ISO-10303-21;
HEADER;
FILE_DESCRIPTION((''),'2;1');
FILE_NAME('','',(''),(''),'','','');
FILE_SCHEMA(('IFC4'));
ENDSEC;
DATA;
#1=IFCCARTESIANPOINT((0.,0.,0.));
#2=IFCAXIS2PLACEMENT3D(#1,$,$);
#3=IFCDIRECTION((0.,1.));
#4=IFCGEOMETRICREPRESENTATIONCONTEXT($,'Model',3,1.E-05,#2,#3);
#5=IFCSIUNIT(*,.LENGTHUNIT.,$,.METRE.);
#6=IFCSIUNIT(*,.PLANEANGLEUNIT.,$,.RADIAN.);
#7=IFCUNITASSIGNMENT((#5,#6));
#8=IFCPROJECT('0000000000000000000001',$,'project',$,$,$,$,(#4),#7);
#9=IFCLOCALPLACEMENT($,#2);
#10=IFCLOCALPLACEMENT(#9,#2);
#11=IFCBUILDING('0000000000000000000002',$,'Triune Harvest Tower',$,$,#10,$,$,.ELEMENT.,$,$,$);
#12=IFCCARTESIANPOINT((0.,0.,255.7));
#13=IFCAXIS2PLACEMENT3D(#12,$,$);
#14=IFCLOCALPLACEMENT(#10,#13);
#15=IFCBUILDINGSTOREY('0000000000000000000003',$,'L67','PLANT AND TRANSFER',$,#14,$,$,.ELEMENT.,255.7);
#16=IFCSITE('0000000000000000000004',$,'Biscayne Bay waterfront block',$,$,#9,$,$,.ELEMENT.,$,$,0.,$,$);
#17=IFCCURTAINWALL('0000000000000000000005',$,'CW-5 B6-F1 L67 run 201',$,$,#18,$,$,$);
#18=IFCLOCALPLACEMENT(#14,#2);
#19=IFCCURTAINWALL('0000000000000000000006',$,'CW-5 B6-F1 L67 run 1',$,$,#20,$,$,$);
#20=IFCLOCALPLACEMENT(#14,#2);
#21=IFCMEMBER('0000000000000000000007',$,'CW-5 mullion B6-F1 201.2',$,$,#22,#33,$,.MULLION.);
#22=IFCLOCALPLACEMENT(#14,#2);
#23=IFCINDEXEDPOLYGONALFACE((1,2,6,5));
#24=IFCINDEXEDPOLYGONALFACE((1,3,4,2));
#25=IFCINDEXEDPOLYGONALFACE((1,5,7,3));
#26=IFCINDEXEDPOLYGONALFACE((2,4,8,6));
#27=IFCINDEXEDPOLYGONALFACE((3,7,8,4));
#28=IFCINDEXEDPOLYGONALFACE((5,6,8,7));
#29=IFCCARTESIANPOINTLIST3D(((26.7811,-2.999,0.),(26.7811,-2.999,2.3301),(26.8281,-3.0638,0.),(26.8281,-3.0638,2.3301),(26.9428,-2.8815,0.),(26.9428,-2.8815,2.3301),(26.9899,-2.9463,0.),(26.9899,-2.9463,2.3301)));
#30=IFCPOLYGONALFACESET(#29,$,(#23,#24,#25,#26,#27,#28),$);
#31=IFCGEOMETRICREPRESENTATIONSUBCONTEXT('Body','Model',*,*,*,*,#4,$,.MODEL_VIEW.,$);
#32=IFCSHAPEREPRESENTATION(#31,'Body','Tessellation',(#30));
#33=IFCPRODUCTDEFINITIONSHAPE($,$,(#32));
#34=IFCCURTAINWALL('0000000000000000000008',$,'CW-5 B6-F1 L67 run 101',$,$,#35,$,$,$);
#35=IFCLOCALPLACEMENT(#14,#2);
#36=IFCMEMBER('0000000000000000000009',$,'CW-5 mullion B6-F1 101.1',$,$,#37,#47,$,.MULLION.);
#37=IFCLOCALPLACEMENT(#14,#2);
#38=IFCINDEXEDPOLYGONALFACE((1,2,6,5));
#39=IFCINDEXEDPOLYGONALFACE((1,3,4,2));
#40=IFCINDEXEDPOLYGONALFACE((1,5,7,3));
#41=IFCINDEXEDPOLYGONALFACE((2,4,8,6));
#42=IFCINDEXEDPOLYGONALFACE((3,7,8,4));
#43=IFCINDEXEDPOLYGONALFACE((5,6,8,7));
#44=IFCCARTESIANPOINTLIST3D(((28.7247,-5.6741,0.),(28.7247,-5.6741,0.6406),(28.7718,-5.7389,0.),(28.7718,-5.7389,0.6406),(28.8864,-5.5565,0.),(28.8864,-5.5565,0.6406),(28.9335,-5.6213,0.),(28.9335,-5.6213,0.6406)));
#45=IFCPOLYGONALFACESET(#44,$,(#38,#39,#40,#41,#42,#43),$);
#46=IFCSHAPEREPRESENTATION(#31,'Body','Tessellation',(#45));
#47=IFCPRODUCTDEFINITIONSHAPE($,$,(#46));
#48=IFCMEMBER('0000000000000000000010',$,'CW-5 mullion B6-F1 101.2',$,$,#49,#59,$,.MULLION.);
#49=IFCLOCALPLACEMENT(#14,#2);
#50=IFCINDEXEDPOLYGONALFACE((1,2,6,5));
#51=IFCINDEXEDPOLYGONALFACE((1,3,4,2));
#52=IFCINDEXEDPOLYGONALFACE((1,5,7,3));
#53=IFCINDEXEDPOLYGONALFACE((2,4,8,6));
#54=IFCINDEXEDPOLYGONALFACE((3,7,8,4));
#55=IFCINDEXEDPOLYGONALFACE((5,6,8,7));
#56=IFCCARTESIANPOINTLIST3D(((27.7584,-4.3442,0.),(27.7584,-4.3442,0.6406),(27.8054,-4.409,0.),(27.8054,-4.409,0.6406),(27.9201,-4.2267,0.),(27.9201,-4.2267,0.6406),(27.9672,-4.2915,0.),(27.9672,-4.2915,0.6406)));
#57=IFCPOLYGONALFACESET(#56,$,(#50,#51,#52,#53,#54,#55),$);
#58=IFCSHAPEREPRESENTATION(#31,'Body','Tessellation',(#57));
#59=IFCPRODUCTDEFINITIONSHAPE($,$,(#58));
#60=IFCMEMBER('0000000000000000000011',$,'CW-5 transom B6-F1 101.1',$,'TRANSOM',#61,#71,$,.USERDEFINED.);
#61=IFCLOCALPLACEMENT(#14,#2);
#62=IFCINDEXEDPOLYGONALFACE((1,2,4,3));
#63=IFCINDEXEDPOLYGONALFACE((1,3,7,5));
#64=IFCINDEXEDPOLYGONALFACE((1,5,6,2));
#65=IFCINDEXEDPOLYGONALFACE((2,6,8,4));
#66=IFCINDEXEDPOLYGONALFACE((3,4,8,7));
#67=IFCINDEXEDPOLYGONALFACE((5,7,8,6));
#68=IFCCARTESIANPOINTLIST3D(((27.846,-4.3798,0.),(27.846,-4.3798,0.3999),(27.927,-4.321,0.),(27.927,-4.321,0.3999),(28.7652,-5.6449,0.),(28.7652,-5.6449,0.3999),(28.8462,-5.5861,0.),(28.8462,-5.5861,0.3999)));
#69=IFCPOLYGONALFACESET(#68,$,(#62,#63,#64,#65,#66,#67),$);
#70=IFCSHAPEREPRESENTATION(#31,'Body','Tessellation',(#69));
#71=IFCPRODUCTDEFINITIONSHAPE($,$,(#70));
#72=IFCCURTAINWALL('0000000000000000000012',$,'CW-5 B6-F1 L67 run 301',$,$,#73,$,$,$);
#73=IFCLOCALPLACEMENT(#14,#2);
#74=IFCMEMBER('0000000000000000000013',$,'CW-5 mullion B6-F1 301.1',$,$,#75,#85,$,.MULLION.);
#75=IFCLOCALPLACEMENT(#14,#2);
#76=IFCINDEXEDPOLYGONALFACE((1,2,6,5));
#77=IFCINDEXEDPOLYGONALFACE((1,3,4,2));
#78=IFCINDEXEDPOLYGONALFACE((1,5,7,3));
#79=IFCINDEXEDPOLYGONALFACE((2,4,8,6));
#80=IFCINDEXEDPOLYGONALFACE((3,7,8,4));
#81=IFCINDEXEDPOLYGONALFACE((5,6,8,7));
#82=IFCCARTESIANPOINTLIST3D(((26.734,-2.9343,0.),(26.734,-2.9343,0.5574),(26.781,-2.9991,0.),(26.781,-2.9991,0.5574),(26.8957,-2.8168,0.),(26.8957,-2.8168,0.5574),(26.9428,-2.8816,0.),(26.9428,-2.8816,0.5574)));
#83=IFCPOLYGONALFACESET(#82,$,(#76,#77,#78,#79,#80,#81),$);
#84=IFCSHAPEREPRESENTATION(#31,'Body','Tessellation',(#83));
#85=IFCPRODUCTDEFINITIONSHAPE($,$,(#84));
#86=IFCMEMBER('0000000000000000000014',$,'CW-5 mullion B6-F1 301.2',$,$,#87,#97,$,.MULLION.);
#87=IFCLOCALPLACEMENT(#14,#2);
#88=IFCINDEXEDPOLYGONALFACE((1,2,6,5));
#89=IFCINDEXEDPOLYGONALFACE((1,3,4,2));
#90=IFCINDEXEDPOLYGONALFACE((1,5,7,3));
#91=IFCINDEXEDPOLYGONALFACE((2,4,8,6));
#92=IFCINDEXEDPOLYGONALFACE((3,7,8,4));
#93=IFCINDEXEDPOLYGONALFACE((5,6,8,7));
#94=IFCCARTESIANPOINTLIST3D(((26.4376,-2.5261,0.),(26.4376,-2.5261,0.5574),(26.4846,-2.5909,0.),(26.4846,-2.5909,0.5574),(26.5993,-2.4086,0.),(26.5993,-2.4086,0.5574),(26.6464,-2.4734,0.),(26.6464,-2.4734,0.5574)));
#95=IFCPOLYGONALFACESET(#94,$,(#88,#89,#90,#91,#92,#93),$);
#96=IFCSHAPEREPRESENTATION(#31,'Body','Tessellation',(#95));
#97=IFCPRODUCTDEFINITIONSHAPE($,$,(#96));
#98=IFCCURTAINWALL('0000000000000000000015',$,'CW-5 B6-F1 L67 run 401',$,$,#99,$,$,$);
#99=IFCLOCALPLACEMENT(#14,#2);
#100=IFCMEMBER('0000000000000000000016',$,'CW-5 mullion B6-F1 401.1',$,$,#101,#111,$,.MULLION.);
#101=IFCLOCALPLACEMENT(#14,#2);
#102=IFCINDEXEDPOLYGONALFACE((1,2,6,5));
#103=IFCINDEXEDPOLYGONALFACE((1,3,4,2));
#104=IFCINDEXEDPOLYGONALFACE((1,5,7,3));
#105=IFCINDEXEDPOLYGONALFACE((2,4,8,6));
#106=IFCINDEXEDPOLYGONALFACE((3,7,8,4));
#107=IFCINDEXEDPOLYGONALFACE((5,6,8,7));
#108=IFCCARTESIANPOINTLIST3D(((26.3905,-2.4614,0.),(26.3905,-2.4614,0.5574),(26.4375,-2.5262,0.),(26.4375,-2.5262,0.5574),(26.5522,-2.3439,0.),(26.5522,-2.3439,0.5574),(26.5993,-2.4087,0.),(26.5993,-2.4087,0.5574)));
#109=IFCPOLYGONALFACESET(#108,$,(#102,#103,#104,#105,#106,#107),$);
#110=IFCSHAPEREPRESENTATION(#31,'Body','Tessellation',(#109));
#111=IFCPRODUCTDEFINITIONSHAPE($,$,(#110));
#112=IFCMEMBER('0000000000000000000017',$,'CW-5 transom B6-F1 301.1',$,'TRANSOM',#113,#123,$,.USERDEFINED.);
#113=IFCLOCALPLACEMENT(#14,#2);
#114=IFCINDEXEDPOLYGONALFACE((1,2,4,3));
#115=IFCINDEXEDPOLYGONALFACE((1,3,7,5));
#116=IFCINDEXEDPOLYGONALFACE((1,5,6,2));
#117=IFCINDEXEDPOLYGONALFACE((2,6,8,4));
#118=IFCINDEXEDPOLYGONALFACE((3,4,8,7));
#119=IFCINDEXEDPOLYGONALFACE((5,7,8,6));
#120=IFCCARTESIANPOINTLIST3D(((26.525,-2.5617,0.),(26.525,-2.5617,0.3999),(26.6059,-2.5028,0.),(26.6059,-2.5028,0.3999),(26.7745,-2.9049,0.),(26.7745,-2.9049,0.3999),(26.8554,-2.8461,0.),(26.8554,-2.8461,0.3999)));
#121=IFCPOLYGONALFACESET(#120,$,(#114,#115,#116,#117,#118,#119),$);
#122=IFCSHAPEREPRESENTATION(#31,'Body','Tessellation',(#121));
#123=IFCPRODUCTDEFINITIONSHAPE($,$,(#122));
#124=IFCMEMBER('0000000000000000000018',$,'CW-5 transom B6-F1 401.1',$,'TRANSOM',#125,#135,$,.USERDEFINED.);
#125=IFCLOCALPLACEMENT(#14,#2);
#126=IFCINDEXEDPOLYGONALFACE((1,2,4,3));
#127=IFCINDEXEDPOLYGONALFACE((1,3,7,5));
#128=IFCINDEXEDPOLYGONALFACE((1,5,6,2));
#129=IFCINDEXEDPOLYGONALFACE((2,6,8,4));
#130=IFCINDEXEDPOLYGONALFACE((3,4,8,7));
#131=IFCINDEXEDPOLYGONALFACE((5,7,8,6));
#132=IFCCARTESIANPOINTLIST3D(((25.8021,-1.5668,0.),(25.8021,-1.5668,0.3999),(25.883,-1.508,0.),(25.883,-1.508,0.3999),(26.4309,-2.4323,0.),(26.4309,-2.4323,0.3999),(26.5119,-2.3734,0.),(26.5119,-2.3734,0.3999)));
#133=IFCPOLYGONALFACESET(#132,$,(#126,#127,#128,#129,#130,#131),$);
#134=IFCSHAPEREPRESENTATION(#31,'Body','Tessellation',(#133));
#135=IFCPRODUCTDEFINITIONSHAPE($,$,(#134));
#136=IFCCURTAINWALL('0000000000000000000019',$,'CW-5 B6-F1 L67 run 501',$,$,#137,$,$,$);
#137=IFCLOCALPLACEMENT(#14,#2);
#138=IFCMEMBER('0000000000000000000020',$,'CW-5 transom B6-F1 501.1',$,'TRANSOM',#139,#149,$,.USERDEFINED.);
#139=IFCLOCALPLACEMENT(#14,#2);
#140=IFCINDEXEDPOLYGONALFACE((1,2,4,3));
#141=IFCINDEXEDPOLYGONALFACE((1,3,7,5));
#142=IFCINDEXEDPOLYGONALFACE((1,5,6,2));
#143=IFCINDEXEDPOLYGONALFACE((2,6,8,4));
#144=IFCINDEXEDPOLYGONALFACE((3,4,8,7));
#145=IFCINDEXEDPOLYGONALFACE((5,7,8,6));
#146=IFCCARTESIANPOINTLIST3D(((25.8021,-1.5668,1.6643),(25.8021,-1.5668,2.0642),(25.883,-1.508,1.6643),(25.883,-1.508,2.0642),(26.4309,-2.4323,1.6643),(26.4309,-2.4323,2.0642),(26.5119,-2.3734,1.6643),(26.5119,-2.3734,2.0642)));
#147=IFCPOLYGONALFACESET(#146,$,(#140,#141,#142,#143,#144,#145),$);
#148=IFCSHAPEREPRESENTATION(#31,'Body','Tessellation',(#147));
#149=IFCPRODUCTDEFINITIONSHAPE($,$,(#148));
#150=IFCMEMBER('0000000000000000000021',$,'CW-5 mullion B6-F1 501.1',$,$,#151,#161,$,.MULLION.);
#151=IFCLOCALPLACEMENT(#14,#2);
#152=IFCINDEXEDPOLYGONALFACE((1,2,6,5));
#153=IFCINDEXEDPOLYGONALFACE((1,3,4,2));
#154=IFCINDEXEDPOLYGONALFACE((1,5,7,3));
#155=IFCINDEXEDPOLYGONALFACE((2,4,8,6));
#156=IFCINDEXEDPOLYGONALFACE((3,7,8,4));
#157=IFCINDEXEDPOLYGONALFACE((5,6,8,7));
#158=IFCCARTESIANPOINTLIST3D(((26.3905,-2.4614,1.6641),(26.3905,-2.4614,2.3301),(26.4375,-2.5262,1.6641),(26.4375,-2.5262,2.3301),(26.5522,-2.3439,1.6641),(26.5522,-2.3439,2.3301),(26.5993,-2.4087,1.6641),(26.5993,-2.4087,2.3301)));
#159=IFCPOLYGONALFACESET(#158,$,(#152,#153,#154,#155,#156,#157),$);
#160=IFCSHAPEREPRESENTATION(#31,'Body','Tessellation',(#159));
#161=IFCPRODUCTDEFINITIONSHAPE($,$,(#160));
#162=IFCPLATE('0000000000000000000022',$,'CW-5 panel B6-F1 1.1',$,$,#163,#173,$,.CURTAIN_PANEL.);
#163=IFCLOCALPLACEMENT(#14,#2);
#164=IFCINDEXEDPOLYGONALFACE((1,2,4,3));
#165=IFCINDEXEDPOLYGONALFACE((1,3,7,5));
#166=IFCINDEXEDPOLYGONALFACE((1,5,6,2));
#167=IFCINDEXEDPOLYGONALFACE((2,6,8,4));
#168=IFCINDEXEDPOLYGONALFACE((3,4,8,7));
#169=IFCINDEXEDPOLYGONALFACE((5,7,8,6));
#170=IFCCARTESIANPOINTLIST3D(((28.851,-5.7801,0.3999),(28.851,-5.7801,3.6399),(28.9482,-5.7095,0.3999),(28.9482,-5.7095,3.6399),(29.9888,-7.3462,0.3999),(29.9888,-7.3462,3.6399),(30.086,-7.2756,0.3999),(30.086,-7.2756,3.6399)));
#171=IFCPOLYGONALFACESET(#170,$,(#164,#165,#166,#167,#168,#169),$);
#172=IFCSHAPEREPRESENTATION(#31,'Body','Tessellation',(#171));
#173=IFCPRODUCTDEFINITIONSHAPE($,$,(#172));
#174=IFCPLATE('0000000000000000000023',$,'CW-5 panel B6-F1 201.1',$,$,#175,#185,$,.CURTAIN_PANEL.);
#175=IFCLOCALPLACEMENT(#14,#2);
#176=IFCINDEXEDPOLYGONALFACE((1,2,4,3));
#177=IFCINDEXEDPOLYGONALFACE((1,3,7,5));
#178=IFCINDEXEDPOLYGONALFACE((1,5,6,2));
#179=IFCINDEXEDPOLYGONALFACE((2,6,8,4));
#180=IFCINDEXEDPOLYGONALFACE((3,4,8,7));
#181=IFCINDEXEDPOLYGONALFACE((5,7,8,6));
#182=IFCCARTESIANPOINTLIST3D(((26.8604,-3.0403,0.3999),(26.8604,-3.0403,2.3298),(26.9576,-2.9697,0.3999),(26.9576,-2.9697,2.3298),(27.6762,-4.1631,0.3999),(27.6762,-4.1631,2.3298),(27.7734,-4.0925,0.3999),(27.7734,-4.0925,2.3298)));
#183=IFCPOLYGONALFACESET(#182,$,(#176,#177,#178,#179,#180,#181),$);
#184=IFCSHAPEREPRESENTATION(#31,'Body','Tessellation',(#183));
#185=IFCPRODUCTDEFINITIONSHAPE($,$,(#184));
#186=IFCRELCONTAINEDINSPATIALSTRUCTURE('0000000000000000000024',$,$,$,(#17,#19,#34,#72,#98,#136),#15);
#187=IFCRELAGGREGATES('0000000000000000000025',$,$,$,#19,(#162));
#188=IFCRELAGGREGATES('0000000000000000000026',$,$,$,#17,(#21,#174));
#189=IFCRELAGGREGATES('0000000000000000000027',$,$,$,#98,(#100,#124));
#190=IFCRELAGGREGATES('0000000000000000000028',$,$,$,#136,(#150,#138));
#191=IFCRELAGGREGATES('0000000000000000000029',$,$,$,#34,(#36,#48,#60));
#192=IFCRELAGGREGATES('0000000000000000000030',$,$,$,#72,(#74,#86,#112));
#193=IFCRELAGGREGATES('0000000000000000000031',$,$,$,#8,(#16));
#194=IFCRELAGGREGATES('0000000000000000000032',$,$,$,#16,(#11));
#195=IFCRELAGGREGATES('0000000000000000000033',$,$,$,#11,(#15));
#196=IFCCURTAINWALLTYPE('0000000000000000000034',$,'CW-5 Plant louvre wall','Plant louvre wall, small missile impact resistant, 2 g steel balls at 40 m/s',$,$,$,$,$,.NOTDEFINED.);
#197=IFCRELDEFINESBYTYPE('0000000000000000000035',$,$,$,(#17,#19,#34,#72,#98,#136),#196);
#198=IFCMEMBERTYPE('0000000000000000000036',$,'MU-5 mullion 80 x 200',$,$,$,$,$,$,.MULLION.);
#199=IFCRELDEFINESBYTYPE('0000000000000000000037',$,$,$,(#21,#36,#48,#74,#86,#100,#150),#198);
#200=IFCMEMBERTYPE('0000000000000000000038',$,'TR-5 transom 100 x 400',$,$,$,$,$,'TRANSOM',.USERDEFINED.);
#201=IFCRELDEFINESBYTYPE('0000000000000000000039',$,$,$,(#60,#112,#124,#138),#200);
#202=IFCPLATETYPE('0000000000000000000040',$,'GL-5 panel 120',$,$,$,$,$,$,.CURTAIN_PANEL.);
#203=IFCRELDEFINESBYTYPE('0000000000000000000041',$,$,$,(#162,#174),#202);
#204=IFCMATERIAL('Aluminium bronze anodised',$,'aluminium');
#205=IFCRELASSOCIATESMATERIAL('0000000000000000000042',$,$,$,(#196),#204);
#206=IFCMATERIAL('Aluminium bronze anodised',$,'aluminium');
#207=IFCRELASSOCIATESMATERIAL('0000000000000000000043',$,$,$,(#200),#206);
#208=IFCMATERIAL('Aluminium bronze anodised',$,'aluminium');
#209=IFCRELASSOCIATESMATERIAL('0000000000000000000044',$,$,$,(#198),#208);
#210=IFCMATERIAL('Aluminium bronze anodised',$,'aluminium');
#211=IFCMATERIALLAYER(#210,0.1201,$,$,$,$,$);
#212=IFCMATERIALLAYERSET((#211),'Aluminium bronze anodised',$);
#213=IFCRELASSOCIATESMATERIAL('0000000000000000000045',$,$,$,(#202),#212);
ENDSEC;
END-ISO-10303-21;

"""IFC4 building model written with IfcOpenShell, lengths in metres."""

from ifc_helpers import new_model, si_unit, direction, frame, origin, origin_2d, place, context, subcontext, project, spatial, rectangle, extrude, source, transform, mapped, material, layer, layer_set, material_profile, profile_set, type_object, element, aggregate, save


model = new_model("IFC4")

# Units and contexts
model_context = context("Model", 3, precision=1e-05, world=origin(), true_north=direction((0.0, 1.0)))
body_context = subcontext(model_context, "Body", "Model", "MODEL_VIEW")
ifc_project = project(units=[si_unit("LENGTHUNIT", "METRE"), si_unit("PLANEANGLEUNIT", "RADIAN")], contexts=[model_context])

# Site, building, storey
site_placement = place(None, origin())
site = spatial("IfcSite", under=ifc_project, at=site_placement, Name="Biscayne Bay waterfront block", CompositionType="ELEMENT", RefElevation=0.0)
building_placement = place(site_placement, origin())
building = spatial("IfcBuilding", under=site, at=building_placement, Name="Triune Harvest Tower", CompositionType="ELEMENT")
storey_placement = place(building_placement, frame((0.0, 0.0, 255.7)))
storey = spatial("IfcBuildingStorey", under=building, at=storey_placement, Name="L67", Description="PLANT AND TRANSFER", CompositionType="ELEMENT", Elevation=255.7)

# Curtain wall
ifc_material_1 = material(Name="Aluminium bronze anodised", Category="aluminium")
curtain_wall_type = type_object("IfcCurtainWallType", Name="CW-5 Plant louvre wall", Description="Plant louvre wall, small missile impact resistant, 2 g steel balls at 40 m/s", PredefinedType="NOTDEFINED", material=ifc_material_1)
curtain_wall_1_placement = place(storey_placement, origin())
curtain_wall_1 = element("IfcCurtainWall", 1, at=curtain_wall_1_placement, inside=storey, type_object=curtain_wall_type, Name="CW-5 B6-F1 L67 run 201")
ifc_material_2 = material(Name="Aluminium bronze anodised", Category="aluminium")
ifc_material_profile_1 = material_profile(ifc_material_2, rectangle(XDim=0.1001, YDim=0.3999, at=origin_2d()), Name="TR-5 transom 100 x 400")
ifc_profile_set_1 = profile_set([ifc_material_profile_1], Name="Aluminium bronze anodised")
member_type_1 = type_object("IfcMemberType", Name="TR-5 transom 100 x 400", ElementType="TRANSOM", PredefinedType="USERDEFINED", material=ifc_profile_set_1)

# Curtain wall
curtain_wall_2_placement = place(storey_placement, origin())
curtain_wall_2 = element("IfcCurtainWall", 2, at=curtain_wall_2_placement, inside=storey, type_object=curtain_wall_type, Name="CW-5 B6-F1 L67 run 1")
ifc_material_3 = material(Name="Aluminium bronze anodised", Category="aluminium")
ifc_material_profile_2 = material_profile(ifc_material_3, rectangle(XDim=0.2, YDim=0.0801, at=origin_2d()), Name="MU-5 mullion 80 x 200")
ifc_profile_set_2 = profile_set([ifc_material_profile_2], Name="Aluminium bronze anodised")
member_type_2 = type_object("IfcMemberType", Name="MU-5 mullion 80 x 200", PredefinedType="MULLION", material=ifc_profile_set_2)

# Member
shared_shape_1 = source(origin(), body_context, "Body", "SweptSolid", [
    extrude(rectangle(XDim=0.2, YDim=0.0801, at=origin_2d()), origin(), (0.0, 0.0, 1.0), 2.3301),
])
member_1_placement = place(storey_placement, frame((26.8855, -2.9727, 0.0), z_axis=(0.0, 0.0, 1.0), x_axis=(-0.809024, -0.587776, 0.0)))
member_1 = element("IfcMember", 3, at=member_1_placement, type_object=member_type_2, Name="CW-5 mullion B6-F1 201.2", PredefinedType="MULLION", context=body_context, shape_type="MappedRepresentation", body=[
    mapped(shared_shape_1, transform((0.0, 0.0, 0.0), scale=1.0)),
])

# Curtain walls, members
curtain_wall_3_placement = place(storey_placement, origin())
curtain_wall_3 = element("IfcCurtainWall", 4, at=curtain_wall_3_placement, inside=storey, type_object=curtain_wall_type, Name="CW-5 B6-F1 L67 run 101")
shared_shape_2 = source(origin(), body_context, "Body", "SweptSolid", [
    extrude(rectangle(XDim=0.2, YDim=0.0801, at=origin_2d()), origin(), (0.0, 0.0, 1.0), 0.6406),
])
member_2_placement = place(storey_placement, frame((28.8291, -5.6477, 0.0), z_axis=(0.0, 0.0, 1.0), x_axis=(-0.809007, -0.587799, 0.0)))
member_2 = element("IfcMember", 5, at=member_2_placement, type_object=member_type_2, Name="CW-5 mullion B6-F1 101.1", PredefinedType="MULLION", context=body_context, shape_type="MappedRepresentation", body=[
    mapped(shared_shape_2, transform((0.0, 0.0, 0.0), scale=1.0)),
])
member_3_placement = place(storey_placement, frame((27.8628, -4.3179, 0.0), z_axis=(0.0, 0.0, 1.0), x_axis=(-0.809007, -0.587799, 0.0)))
member_3 = element("IfcMember", 6, at=member_3_placement, type_object=member_type_2, Name="CW-5 mullion B6-F1 101.2", PredefinedType="MULLION", context=body_context, shape_type="MappedRepresentation", body=[
    mapped(shared_shape_2, transform((0.0, 0.0, 0.0), scale=1.0)),
])
shared_shape_3 = source(origin(), body_context, "Body", "SweptSolid", [
    extrude(rectangle(XDim=0.1001, YDim=0.3999, at=origin_2d()), origin(), (0.0, 0.0, 1.0), 1.5637),
])
member_4_placement = place(storey_placement, frame((28.8057, -5.6155, 0.2), z_axis=(-0.587791, 0.809013, 0.0), x_axis=(-0.809013, -0.587791, 0.0)))
member_4 = element("IfcMember", 7, at=member_4_placement, type_object=member_type_1, Name="CW-5 transom B6-F1 101.1", ObjectType="TRANSOM", PredefinedType="USERDEFINED", context=body_context, shape_type="MappedRepresentation", body=[
    mapped(shared_shape_3, transform((0.0, 0.0, 0.0), scale=1.0)),
])
curtain_wall_4_placement = place(storey_placement, origin())
curtain_wall_4 = element("IfcCurtainWall", 8, at=curtain_wall_4_placement, inside=storey, type_object=curtain_wall_type, Name="CW-5 B6-F1 L67 run 301")
shared_shape_4 = source(origin(), body_context, "Body", "SweptSolid", [
    extrude(rectangle(XDim=0.2, YDim=0.0801, at=origin_2d()), origin(), (0.0, 0.0, 1.0), 0.5574),
])
member_5_placement = place(storey_placement, frame((26.8384, -2.908, 0.0), z_axis=(0.0, 0.0, 1.0), x_axis=(-0.809047, -0.587744, 0.0)))
member_5 = element("IfcMember", 9, at=member_5_placement, type_object=member_type_2, Name="CW-5 mullion B6-F1 301.1", PredefinedType="MULLION", context=body_context, shape_type="MappedRepresentation", body=[
    mapped(shared_shape_4, transform((0.0, 0.0, 0.0), scale=1.0)),
])
member_6_placement = place(storey_placement, frame((26.542, -2.4998, 0.0), z_axis=(0.0, 0.0, 1.0), x_axis=(-0.809047, -0.587744, 0.0)))
member_6 = element("IfcMember", 10, at=member_6_placement, type_object=member_type_2, Name="CW-5 mullion B6-F1 301.2", PredefinedType="MULLION", context=body_context, shape_type="MappedRepresentation", body=[
    mapped(shared_shape_4, transform((0.0, 0.0, 0.0), scale=1.0)),
])

# Curtain wall, member
curtain_wall_5_placement = place(storey_placement, origin())
curtain_wall_5 = element("IfcCurtainWall", 11, at=curtain_wall_5_placement, inside=storey, type_object=curtain_wall_type, Name="CW-5 B6-F1 L67 run 401")
member_7_placement = place(storey_placement, frame((26.4949, -2.4351, 0.0), z_axis=(0.0, 0.0, 1.0), x_axis=(-0.808993, -0.587819, 0.0)))
member_7 = element("IfcMember", 12, at=member_7_placement, type_object=member_type_2, Name="CW-5 mullion B6-F1 401.1", PredefinedType="MULLION", context=body_context, shape_type="MappedRepresentation", body=[
    mapped(shared_shape_4, transform((0.0, 0.0, 0.0), scale=1.0)),
])

# Members
shared_shape_5 = source(origin(), body_context, "Body", "SweptSolid", [
    extrude(rectangle(XDim=0.1001, YDim=0.3999, at=origin_2d()), origin(), (0.0, 0.0, 1.0), 0.4243),
])
member_8_placement = place(storey_placement, frame((26.8149, -2.8755, 0.2), z_axis=(-0.587966, 0.808885, 0.0), x_axis=(-0.808885, -0.587966, 0.0)))
member_8 = element("IfcMember", 13, at=member_8_placement, type_object=member_type_1, Name="CW-5 transom B6-F1 301.1", ObjectType="TRANSOM", PredefinedType="USERDEFINED", context=body_context, shape_type="MappedRepresentation", body=[
    mapped(shared_shape_5, transform((0.0, 0.0, 0.0), scale=1.0)),
])
shared_shape_6 = source(origin(), body_context, "Body", "SweptSolid", [
    extrude(rectangle(XDim=0.1001, YDim=0.3999, at=origin_2d()), origin(), (0.0, 0.0, 1.0), 1.0698),
])
member_9_placement = place(storey_placement, frame((26.4714, -2.4028, 0.2), z_axis=(-0.587846, 0.808973, 0.0), x_axis=(-0.808973, -0.587846, 0.0)))
member_9 = element("IfcMember", 14, at=member_9_placement, type_object=member_type_1, Name="CW-5 transom B6-F1 401.1", ObjectType="TRANSOM", PredefinedType="USERDEFINED", context=body_context, shape_type="MappedRepresentation", body=[
    mapped(shared_shape_6, transform((0.0, 0.0, 0.0), scale=1.0)),
])

# Curtain wall, members
curtain_wall_6_placement = place(storey_placement, origin())
curtain_wall_6 = element("IfcCurtainWall", 15, at=curtain_wall_6_placement, inside=storey, type_object=curtain_wall_type, Name="CW-5 B6-F1 L67 run 501")
member_10_placement = place(storey_placement, frame((26.4714, -2.4028, 1.8643), z_axis=(-0.587846, 0.808973, 0.0), x_axis=(-0.808973, -0.587846, 0.0)))
member_10 = element("IfcMember", 16, at=member_10_placement, type_object=member_type_1, Name="CW-5 transom B6-F1 501.1", ObjectType="TRANSOM", PredefinedType="USERDEFINED", context=body_context, shape_type="MappedRepresentation", body=[
    mapped(shared_shape_6, transform((0.0, 0.0, 0.0), scale=1.0)),
])
shared_shape_7 = source(origin(), body_context, "Body", "SweptSolid", [
    extrude(rectangle(XDim=0.2, YDim=0.0801, at=origin_2d()), origin(), (0.0, 0.0, 1.0), 0.666),
])
member_11_placement = place(storey_placement, frame((26.4949, -2.4351, 1.6641), z_axis=(0.0, 0.0, 1.0), x_axis=(-0.808993, -0.587819, 0.0)))
member_11 = element("IfcMember", 17, at=member_11_placement, type_object=member_type_2, Name="CW-5 mullion B6-F1 501.1", PredefinedType="MULLION", context=body_context, shape_type="MappedRepresentation", body=[
    mapped(shared_shape_7, transform((0.0, 0.0, 0.0), scale=1.0)),
])

# Plates
ifc_material_4 = material(Name="Aluminium bronze anodised", Category="aluminium")
ifc_layer_1 = layer(ifc_material_4, 0.1201)
ifc_layer_set_1 = layer_set([ifc_layer_1], Name="Aluminium bronze anodised")
plate_type = type_object("IfcPlateType", Name="GL-5 panel 120", PredefinedType="CURTAIN_PANEL", material=ifc_layer_set_1)
plate_1_placement = place(storey_placement, frame((29.4685, -6.5278, 0.3999), z_axis=(0.0, 0.0, 1.0), x_axis=(-0.587769, 0.809029, 0.0)))
plate_1 = element("IfcPlate", 18, at=plate_1_placement, type_object=plate_type, Name="CW-5 panel B6-F1 1.1", PredefinedType="CURTAIN_PANEL", context=body_context, shape_type="SweptSolid", body=[
    extrude(rectangle(XDim=1.9358, YDim=0.1201, at=origin_2d()), origin(), (0.0, 0.0, 1.0), 3.24),
])
aggregate(curtain_wall_2, [plate_1])
plate_2_placement = place(storey_placement, frame((27.3169, -3.5664, 0.3999), z_axis=(0.0, 0.0, 1.0), x_axis=(-0.587776, 0.809024, 0.0)))
plate_2 = element("IfcPlate", 19, at=plate_2_placement, type_object=plate_type, Name="CW-5 panel B6-F1 201.1", PredefinedType="CURTAIN_PANEL", context=body_context, shape_type="SweptSolid", body=[
    extrude(rectangle(XDim=1.3879, YDim=0.1201, at=origin_2d()), origin(), (0.0, 0.0, 1.0), 1.9299),
])
aggregate(curtain_wall_1, [member_1, plate_2])
aggregate(curtain_wall_5, [member_7, member_9])
aggregate(curtain_wall_6, [member_11, member_10])
aggregate(curtain_wall_3, [member_2, member_3, member_4])
aggregate(curtain_wall_4, [member_5, member_6, member_8])

save(model, "model.ifc")
